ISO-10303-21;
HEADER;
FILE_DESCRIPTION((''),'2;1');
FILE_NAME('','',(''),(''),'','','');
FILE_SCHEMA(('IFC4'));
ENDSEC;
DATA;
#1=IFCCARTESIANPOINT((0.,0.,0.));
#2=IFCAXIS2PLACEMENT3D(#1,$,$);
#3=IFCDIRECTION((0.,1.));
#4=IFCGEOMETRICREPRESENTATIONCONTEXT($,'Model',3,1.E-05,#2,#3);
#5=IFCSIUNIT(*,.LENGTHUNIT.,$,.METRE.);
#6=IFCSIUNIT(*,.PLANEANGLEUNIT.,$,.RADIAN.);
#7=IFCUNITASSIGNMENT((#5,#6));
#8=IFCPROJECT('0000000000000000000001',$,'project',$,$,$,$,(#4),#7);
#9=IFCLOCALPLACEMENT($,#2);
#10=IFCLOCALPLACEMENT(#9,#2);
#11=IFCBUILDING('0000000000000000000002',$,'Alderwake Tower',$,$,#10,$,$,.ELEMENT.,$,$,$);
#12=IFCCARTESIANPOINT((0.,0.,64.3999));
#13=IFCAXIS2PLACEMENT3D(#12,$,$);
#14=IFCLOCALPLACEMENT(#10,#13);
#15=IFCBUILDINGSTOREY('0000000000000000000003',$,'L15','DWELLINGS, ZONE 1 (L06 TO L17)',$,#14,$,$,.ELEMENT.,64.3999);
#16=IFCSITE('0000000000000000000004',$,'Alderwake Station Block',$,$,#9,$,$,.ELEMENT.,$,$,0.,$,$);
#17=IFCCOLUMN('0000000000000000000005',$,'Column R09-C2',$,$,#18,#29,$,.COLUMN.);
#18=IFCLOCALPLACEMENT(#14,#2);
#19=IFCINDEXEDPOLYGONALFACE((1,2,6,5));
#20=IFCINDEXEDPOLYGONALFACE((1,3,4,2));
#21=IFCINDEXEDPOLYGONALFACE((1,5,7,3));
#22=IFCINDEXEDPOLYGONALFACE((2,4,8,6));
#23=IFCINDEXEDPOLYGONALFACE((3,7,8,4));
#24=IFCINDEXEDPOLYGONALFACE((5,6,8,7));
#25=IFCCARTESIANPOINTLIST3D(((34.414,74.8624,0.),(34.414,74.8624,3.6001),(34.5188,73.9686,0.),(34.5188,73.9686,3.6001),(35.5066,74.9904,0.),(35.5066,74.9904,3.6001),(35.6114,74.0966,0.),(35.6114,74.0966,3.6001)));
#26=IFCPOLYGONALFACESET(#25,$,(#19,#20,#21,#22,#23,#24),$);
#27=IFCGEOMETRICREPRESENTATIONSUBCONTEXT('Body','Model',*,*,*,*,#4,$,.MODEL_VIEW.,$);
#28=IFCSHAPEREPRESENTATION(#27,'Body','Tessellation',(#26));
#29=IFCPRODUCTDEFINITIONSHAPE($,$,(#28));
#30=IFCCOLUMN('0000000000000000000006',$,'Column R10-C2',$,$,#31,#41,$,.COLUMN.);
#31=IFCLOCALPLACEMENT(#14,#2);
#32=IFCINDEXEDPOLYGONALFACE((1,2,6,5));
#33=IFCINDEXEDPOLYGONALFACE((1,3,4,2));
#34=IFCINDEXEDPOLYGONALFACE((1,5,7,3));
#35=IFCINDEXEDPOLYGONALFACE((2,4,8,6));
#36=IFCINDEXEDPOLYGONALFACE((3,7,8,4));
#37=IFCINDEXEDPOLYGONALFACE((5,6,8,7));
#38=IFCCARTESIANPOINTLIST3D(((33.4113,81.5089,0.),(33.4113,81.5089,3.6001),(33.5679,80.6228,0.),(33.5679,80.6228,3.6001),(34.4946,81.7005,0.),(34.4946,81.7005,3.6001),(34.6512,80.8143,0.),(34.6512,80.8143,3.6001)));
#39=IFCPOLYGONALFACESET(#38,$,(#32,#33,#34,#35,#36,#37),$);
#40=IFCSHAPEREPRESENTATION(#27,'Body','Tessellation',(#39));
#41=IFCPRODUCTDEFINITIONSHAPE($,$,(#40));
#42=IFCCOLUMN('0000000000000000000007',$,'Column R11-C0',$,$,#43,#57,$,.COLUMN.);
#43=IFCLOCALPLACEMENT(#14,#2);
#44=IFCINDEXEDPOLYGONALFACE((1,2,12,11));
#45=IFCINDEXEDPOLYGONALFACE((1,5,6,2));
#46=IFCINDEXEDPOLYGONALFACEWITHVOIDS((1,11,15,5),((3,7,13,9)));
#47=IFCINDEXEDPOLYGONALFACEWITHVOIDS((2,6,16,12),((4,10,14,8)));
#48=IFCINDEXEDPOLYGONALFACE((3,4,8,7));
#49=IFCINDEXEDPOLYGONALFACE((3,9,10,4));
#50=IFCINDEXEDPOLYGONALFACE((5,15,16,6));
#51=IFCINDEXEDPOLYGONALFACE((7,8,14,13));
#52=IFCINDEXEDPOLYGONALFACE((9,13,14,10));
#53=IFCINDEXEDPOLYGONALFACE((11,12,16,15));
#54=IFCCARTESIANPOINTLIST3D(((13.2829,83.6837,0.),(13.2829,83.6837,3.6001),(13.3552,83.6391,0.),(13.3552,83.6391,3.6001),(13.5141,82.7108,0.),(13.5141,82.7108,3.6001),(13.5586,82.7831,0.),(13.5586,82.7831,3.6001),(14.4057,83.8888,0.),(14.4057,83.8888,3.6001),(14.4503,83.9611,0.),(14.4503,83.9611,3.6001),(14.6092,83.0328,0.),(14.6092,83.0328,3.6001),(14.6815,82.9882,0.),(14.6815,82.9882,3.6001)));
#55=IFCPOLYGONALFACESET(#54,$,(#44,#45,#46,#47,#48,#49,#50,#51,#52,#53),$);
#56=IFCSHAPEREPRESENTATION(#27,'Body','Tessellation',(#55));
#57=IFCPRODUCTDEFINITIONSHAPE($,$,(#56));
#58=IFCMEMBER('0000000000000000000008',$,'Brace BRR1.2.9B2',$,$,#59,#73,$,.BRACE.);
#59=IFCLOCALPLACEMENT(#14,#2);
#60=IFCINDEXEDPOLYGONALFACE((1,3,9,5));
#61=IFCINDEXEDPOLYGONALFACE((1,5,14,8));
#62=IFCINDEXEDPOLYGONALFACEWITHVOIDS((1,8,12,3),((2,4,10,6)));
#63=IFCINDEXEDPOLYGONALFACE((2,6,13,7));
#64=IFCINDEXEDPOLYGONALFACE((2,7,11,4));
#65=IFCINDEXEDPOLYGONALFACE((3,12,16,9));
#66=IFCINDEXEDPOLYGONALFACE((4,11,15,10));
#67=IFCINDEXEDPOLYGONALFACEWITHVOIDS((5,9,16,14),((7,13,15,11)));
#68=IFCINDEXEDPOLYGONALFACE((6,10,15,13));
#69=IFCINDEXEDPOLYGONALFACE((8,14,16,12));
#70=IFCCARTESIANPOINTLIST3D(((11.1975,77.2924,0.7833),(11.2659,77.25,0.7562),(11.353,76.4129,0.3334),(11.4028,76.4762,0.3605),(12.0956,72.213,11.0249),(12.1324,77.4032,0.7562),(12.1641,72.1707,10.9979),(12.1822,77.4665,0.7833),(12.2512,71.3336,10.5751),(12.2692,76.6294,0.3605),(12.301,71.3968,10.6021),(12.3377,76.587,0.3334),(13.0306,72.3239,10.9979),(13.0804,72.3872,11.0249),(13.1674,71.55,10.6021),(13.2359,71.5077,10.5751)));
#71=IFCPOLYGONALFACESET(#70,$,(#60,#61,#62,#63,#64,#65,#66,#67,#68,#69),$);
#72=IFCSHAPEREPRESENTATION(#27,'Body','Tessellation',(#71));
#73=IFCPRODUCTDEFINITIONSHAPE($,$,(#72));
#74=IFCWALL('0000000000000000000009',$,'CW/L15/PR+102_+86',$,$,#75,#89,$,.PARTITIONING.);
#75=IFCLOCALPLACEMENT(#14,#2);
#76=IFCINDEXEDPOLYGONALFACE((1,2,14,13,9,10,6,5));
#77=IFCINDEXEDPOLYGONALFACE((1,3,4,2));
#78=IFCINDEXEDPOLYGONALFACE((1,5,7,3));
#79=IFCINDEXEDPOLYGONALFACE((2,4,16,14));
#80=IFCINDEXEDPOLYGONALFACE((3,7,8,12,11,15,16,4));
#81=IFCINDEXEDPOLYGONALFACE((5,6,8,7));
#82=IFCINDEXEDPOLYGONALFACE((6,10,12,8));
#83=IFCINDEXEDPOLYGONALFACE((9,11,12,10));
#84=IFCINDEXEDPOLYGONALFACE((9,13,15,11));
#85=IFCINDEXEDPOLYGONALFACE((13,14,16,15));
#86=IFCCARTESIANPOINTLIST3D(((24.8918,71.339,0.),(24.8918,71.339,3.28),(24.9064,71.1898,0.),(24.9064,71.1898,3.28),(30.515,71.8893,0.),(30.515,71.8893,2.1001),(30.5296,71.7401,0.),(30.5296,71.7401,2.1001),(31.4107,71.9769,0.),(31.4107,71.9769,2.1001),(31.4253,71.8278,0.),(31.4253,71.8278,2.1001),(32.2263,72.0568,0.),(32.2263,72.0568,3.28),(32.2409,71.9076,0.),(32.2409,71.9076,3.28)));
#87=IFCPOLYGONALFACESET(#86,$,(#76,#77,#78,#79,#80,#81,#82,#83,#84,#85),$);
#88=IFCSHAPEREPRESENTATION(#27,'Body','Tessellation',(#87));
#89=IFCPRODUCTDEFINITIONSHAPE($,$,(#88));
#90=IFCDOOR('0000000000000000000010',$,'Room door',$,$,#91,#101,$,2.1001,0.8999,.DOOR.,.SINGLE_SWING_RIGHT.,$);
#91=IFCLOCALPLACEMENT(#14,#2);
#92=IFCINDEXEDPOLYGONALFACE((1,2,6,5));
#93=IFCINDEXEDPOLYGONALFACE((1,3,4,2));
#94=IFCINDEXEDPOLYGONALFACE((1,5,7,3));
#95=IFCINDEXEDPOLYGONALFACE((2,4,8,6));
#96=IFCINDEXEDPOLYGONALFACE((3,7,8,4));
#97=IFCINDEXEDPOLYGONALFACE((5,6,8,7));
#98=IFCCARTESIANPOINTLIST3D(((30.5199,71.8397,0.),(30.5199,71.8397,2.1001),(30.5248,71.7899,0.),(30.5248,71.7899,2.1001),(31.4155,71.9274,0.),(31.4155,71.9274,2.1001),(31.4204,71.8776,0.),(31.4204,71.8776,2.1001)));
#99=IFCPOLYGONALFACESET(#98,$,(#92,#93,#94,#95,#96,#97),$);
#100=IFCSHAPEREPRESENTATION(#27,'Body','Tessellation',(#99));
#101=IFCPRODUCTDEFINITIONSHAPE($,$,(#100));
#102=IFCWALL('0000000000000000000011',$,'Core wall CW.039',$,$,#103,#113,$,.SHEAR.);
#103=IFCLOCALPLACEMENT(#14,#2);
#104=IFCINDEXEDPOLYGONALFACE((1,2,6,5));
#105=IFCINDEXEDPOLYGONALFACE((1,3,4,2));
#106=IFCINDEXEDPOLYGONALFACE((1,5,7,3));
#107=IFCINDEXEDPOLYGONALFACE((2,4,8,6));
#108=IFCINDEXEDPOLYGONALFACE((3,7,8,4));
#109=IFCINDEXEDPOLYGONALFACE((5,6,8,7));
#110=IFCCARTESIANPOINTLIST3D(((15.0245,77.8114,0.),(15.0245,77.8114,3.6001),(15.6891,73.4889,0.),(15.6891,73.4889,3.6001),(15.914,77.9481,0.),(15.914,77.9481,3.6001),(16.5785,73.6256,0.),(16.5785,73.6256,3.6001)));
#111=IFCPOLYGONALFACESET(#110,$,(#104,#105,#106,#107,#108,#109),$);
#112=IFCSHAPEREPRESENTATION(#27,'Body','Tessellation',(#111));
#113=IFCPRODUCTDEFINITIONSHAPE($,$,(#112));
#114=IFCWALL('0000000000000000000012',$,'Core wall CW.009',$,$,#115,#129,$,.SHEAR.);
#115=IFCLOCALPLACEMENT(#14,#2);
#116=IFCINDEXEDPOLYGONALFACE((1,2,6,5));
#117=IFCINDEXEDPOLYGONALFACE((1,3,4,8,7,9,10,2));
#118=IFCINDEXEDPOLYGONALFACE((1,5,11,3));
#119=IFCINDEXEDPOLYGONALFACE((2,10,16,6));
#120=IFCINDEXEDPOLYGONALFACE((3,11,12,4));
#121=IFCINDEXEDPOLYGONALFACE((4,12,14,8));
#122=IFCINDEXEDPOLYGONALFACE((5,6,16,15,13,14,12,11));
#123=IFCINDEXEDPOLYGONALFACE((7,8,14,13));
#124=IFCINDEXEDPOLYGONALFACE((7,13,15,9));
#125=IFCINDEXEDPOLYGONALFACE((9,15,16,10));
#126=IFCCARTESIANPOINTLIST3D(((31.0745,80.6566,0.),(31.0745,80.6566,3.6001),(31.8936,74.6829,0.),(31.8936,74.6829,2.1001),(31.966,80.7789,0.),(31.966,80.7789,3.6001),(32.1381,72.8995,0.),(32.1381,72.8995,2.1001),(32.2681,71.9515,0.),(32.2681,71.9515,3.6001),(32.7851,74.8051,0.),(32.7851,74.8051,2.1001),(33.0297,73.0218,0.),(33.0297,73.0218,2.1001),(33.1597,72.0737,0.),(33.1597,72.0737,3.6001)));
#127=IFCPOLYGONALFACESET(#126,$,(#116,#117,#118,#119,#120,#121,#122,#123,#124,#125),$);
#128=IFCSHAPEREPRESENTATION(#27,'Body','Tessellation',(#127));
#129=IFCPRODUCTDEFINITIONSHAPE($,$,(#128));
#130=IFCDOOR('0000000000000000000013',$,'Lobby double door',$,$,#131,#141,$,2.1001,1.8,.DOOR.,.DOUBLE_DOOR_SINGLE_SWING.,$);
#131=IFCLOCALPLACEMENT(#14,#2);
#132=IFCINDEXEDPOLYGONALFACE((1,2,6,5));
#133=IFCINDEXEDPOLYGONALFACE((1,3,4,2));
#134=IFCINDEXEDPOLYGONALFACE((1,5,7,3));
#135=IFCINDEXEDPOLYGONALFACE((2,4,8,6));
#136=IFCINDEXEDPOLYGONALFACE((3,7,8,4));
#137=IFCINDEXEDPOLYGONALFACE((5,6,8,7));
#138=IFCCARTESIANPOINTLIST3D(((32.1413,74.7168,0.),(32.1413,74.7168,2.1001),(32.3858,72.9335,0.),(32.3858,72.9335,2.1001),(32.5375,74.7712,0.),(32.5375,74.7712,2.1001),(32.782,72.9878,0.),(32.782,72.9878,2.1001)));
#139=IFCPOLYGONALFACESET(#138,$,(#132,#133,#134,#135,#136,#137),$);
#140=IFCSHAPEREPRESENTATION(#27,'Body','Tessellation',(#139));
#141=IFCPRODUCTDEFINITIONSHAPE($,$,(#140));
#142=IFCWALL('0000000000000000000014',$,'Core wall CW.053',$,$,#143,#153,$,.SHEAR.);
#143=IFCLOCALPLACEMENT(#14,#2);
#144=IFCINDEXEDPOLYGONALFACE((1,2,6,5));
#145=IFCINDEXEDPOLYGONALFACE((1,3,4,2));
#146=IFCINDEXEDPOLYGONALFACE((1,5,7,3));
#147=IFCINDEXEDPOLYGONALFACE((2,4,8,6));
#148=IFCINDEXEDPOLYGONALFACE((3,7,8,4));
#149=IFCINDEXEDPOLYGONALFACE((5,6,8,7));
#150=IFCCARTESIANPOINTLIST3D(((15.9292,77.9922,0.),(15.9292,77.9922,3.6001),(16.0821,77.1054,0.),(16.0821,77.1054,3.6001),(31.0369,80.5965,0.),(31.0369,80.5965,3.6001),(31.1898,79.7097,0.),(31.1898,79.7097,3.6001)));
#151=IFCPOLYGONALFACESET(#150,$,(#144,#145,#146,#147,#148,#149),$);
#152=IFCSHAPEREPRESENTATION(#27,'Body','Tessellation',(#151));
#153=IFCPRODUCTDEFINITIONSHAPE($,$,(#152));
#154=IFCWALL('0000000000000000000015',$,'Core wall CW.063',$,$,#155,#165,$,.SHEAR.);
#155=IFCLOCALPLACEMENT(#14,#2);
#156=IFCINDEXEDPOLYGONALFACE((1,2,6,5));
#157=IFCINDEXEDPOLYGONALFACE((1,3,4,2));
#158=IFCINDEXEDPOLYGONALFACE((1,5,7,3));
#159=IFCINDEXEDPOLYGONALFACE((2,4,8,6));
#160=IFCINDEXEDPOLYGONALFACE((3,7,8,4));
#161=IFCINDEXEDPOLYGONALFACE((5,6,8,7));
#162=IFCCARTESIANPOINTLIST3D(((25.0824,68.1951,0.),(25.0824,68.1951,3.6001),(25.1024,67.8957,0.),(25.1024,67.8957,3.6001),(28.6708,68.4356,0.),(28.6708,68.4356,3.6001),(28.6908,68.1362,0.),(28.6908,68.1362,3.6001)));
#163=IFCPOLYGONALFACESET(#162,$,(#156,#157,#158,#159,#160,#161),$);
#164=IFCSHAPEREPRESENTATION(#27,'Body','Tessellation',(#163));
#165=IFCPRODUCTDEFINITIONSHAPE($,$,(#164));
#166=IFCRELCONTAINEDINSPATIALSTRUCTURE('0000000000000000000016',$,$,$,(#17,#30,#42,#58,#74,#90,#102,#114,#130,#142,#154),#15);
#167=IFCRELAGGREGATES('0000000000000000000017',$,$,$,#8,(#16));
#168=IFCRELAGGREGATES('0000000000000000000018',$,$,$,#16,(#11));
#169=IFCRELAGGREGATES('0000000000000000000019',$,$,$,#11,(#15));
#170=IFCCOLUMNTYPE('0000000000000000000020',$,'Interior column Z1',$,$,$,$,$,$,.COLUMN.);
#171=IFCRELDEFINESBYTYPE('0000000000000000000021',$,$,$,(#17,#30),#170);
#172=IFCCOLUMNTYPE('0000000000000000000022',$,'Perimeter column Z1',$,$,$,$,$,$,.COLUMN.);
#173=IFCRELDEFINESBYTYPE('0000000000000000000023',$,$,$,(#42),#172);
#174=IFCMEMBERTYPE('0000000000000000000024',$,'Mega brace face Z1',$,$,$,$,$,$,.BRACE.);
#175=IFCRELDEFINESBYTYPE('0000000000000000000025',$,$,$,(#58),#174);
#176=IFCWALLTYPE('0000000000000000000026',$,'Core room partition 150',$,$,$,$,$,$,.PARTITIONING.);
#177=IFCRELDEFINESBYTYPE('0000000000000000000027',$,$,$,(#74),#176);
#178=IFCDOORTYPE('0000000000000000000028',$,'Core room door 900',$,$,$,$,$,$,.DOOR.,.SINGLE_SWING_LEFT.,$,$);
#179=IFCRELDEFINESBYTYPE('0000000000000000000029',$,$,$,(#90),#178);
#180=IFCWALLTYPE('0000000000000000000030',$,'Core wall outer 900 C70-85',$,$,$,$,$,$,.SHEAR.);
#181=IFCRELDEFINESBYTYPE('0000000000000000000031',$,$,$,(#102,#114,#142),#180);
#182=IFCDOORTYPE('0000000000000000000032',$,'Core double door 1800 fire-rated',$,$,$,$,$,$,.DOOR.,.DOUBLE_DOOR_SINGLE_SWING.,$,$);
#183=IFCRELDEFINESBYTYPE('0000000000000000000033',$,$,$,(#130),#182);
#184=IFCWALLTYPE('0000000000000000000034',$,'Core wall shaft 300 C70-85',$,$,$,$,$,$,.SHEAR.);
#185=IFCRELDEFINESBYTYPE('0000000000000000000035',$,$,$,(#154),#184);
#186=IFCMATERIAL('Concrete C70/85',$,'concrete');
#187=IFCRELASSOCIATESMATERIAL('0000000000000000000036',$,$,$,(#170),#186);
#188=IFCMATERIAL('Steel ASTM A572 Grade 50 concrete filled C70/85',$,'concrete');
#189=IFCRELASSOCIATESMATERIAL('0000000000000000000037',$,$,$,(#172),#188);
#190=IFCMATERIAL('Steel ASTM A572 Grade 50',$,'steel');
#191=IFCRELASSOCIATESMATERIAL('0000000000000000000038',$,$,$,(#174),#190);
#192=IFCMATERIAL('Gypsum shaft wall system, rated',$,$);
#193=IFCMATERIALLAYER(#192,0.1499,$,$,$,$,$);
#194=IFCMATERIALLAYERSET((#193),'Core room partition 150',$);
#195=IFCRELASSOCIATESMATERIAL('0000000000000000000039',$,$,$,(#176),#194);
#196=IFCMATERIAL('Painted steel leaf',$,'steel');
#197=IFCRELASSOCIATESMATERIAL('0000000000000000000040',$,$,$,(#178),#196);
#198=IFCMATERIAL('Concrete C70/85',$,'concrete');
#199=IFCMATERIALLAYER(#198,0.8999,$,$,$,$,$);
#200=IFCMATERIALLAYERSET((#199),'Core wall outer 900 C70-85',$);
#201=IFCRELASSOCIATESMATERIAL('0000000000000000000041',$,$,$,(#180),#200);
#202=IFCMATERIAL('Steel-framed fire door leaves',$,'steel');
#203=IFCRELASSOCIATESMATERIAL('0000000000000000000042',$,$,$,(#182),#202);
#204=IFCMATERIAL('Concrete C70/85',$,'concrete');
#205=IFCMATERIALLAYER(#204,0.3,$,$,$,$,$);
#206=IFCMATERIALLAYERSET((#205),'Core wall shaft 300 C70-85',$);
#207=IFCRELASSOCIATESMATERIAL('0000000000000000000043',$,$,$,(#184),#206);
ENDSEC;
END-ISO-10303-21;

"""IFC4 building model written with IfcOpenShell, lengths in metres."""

from ifc_helpers import new_model, si_unit, direction, frame, frame_2d, origin, origin_2d, place, context, subcontext, project, spatial, rectangle, hollow_rectangle, extrude, material, layer, layer_set, material_profile, profile_set, type_object, element, fill, save


model = new_model("IFC4")

# Units and contexts
model_context = context("Model", 3, precision=1e-05, world=origin(), true_north=direction((0.0, 1.0)))
body_context = subcontext(model_context, "Body", "Model", "MODEL_VIEW")
ifc_project = project(units=[si_unit("LENGTHUNIT", "METRE"), si_unit("PLANEANGLEUNIT", "RADIAN")], contexts=[model_context])

# Site, building, storey
site_placement = place(None, origin())
site = spatial("IfcSite", under=ifc_project, at=site_placement, Name="Alderwake Station Block", CompositionType="ELEMENT", RefElevation=0.0)
building_placement = place(site_placement, origin())
building = spatial("IfcBuilding", under=site, at=building_placement, Name="Alderwake Tower", CompositionType="ELEMENT")
storey_placement = place(building_placement, frame((0.0, 0.0, 64.3999)))
storey = spatial("IfcBuildingStorey", under=building, at=storey_placement, Name="L15", Description="DWELLINGS, ZONE 1 (L06 TO L17)", CompositionType="ELEMENT", Elevation=64.3999)

# Columns
ifc_material_1 = material(Name="Concrete C70/85", Category="concrete")
ifc_material_profile_1 = material_profile(ifc_material_1, rectangle(XDim=0.8999, YDim=1.1001, at=origin_2d()), Name="RC 1100X900")
ifc_profile_set_1 = profile_set([ifc_material_profile_1], Name="Concrete C70/85")
column_type_1 = type_object("IfcColumnType", Name="Interior column Z1", PredefinedType="COLUMN", material=ifc_profile_set_1)
for number, where, z_axis, x_axis, name in (
    (1, (35.0127, 74.4795, 0.0), (0.0, 0.0, 1.0), (-0.116402, 0.993202, 0.0), "Column R09-C2"),
    (2, (34.0312, 81.1616, 0.0), (0.0, 0.0, 1.0), (-0.174109, 0.984726, 0.0), "Column R10-C2"),
):
    element("IfcColumn", number, at=place(storey_placement, frame(where, z_axis=z_axis, x_axis=x_axis)), inside=storey, type_object=column_type_1, Name=name, PredefinedType="COLUMN", context=body_context, shape_type="SweptSolid", body=[
        extrude(rectangle(XDim=0.8999, YDim=1.1001, at=origin_2d()), origin(), (0.0, 0.0, 1.0), 3.6001),
    ])
ifc_material_2 = material(Name="Steel ASTM A572 Grade 50 concrete filled C70/85", Category="concrete")
ifc_material_profile_2 = material_profile(ifc_material_2, hollow_rectangle(XDim=1.0, YDim=1.2, WallThickness=0.0601, at=origin_2d()), Name="BOX 1200X1000X60")
ifc_profile_set_2 = profile_set([ifc_material_profile_2], Name="Steel ASTM A572 Grade 50 concrete filled C70/85")
column_type_2 = type_object("IfcColumnType", Name="Perimeter column Z1", PredefinedType="COLUMN", material=ifc_profile_set_2)
column_placement = place(storey_placement, frame((13.9822, 83.3359, 0.0), z_axis=(0.0, 0.0, 1.0), x_axis=(-0.231222, 0.972901, 0.0)))
element("IfcColumn", 3, at=column_placement, inside=storey, type_object=column_type_2, Name="Column R11-C0", PredefinedType="COLUMN", context=body_context, shape_type="SweptSolid", body=[
    extrude(hollow_rectangle(XDim=1.0, YDim=1.2, WallThickness=0.0601, at=origin_2d()), origin(), (0.0, 0.0, 1.0), 3.6001),
])

# Member
ifc_material_3 = material(Name="Steel ASTM A572 Grade 50", Category="steel")
ifc_material_profile_3 = material_profile(ifc_material_3, hollow_rectangle(XDim=1.0, YDim=1.0, WallThickness=0.0601, at=origin_2d()), Name="BOX 1000X1000X60")
ifc_profile_set_3 = profile_set([ifc_material_profile_3], Name="Steel ASTM A572 Grade 50")
member_type = type_object("IfcMemberType", Name="Mega brace face Z1", PredefinedType="BRACE", material=ifc_profile_set_3)
member_placement = place(storey_placement, frame((11.7676, 76.9397, 0.5583), z_axis=(0.078327, -0.442942, 0.893122), x_axis=(0.984723, 0.174131, 0.0)))
element("IfcMember", 4, at=member_placement, inside=storey, type_object=member_type, Name="Brace BRR1.2.9B2", PredefinedType="BRACE", context=body_context, shape_type="SweptSolid", body=[
    extrude(hollow_rectangle(XDim=1.0, YDim=1.0, WallThickness=0.0601, at=origin_2d()), origin(), (0.0, 0.0, 1.0), 11.4673),
])

# Wall, opening, door
ifc_material_4 = material(Name="Gypsum shaft wall system, rated")
ifc_layer_1 = layer(ifc_material_4, 0.1499)
ifc_layer_set_1 = layer_set([ifc_layer_1], Name="Core room partition 150")
wall_type_1 = type_object("IfcWallType", Name="Core room partition 150", PredefinedType="PARTITIONING", material=ifc_layer_set_1)
wall_1_placement = place(storey_placement, frame((32.2336, 71.9822, 0.0), z_axis=(0.0, 0.0, 1.0), x_axis=(-0.995246, -0.097398, 0.0)))
wall_1 = element("IfcWall", 5, at=wall_1_placement, inside=storey, type_object=wall_type_1, Name="CW/L15/PR+102_+86", PredefinedType="PARTITIONING", context=body_context, shape_type="SweptSolid", body=[
    extrude(rectangle(XDim=7.3696, YDim=0.1499, at=frame_2d((3.6848, 0.0))), origin(), (0.0, 0.0, 1.0), 3.28),
])
opening_1_placement = place(wall_1_placement, frame((0.8196, 0.0, 0.0)))
opening_1 = element("IfcOpeningElement", 6, at=opening_1_placement, cuts=wall_1, PredefinedType="OPENING", context=body_context, shape_type="SweptSolid", body=[
    extrude(rectangle(XDim=0.8999, YDim=2.1001, at=frame_2d((0.45, 1.05))), frame((0.0, 0.085, 0.0), z_axis=(0.0, -1.0, 0.0), x_axis=(1.0, 0.0, 0.0)), (0.0, 0.0, 1.0), 0.1699),
])
ifc_material_5 = material(Name="Painted steel leaf", Category="steel")
door_type_1 = type_object("IfcDoorType", Name="Core room door 900", OperationType="SINGLE_SWING_LEFT", PredefinedType="DOOR", material=ifc_material_5)
door_1_placement = place(opening_1_placement, origin())
door_1 = element("IfcDoor", 7, at=door_1_placement, inside=storey, type_object=door_type_1, Name="Room door", OperationType="SINGLE_SWING_RIGHT", OverallHeight=2.1001, OverallWidth=0.8999, PredefinedType="DOOR", context=body_context, shape_type="SweptSolid", body=[
    extrude(rectangle(XDim=0.8999, YDim=2.1001, at=frame_2d((0.45, 1.05))), frame((0.0, 0.0249, 0.0), z_axis=(0.0, -1.0, 0.0), x_axis=(1.0, 0.0, 0.0)), (0.0, 0.0, 1.0), 0.05),
])
fill(opening_1, door_1)

# Wall
ifc_material_6 = material(Name="Concrete C70/85", Category="concrete")
ifc_layer_2 = layer(ifc_material_6, 0.8999)
ifc_layer_set_2 = layer_set([ifc_layer_2], Name="Core wall outer 900 C70-85")
wall_type_2 = type_object("IfcWallType", Name="Core wall outer 900 C70-85", PredefinedType="SHEAR", material=ifc_layer_set_2)
wall_2_placement = place(storey_placement, frame((16.1338, 73.5574, 0.0), z_axis=(0.0, 0.0, 1.0), x_axis=(-0.151957, 0.988387, 0.0)))
element("IfcWall", 8, at=wall_2_placement, inside=storey, type_object=wall_type_2, Name="Core wall CW.039", PredefinedType="SHEAR", context=body_context, shape_type="SweptSolid", body=[
    extrude(rectangle(XDim=4.3733, YDim=0.8999, at=frame_2d((2.1865, 0.0))), origin(), (0.0, 0.0, 1.0), 3.6001),
])

# Wall, opening, door
wall_3_placement = place(storey_placement, frame((31.5203, 80.7178, 0.0), z_axis=(0.0, 0.0, 1.0), x_axis=(0.135845, -0.99073, 0.0)))
wall_3 = element("IfcWall", 9, at=wall_3_placement, inside=storey, type_object=wall_type_2, Name="Core wall CW.009", PredefinedType="SHEAR", context=body_context, shape_type="SweptSolid", body=[
    extrude(rectangle(XDim=8.7866, YDim=0.8999, at=frame_2d((4.3933, 0.0))), origin(), (0.0, 0.0, 1.0), 3.6001),
])
opening_2_placement = place(wall_3_placement, frame((6.0298, 0.0, 0.0)))
opening_2 = element("IfcOpeningElement", 10, at=opening_2_placement, cuts=wall_3, PredefinedType="OPENING", context=body_context, shape_type="SweptSolid", body=[
    extrude(rectangle(XDim=1.8, YDim=2.1001, at=frame_2d((0.8999, 1.05))), frame((0.0, 0.46, 0.0), z_axis=(0.0, -1.0, 0.0), x_axis=(1.0, 0.0, 0.0)), (0.0, 0.0, 1.0), 0.9199),
])
ifc_material_7 = material(Name="Steel-framed fire door leaves", Category="steel")
door_type_2 = type_object("IfcDoorType", Name="Core double door 1800 fire-rated", OperationType="DOUBLE_DOOR_SINGLE_SWING", PredefinedType="DOOR", material=ifc_material_7)
door_2_placement = place(opening_2_placement, origin())
door_2 = element("IfcDoor", 11, at=door_2_placement, inside=storey, type_object=door_type_2, Name="Lobby double door", OperationType="DOUBLE_DOOR_SINGLE_SWING", OverallHeight=2.1001, OverallWidth=1.8, PredefinedType="DOOR", context=body_context, shape_type="SweptSolid", body=[
    extrude(rectangle(XDim=1.8, YDim=2.1001, at=frame_2d((0.8999, 1.05))), frame((0.0, 0.2, 0.0), z_axis=(0.0, -1.0, 0.0), x_axis=(1.0, 0.0, 0.0)), (0.0, 0.0, 1.0), 0.3999),
])
fill(opening_2, door_2)

# Walls
wall_4_placement = place(storey_placement, frame((16.0056, 77.5488, 0.0), z_axis=(0.0, 0.0, 1.0), x_axis=(0.985466, 0.169874, 0.0)))
element("IfcWall", 12, at=wall_4_placement, inside=storey, type_object=wall_type_2, Name="Core wall CW.053", PredefinedType="SHEAR", context=body_context, shape_type="SweptSolid", body=[
    extrude(rectangle(XDim=15.3306, YDim=0.8999, at=frame_2d((7.6653, 0.0))), origin(), (0.0, 0.0, 1.0), 3.6001),
])
ifc_material_8 = material(Name="Concrete C70/85", Category="concrete")
ifc_layer_3 = layer(ifc_material_8, 0.3)
ifc_layer_set_3 = layer_set([ifc_layer_3], Name="Core wall shaft 300 C70-85")
wall_type_3 = type_object("IfcWallType", Name="Core wall shaft 300 C70-85", PredefinedType="SHEAR", material=ifc_layer_set_3)
wall_5_placement = place(storey_placement, frame((25.0923, 68.0454, 0.0), z_axis=(0.0, 0.0, 1.0), x_axis=(0.997762, 0.066866, 0.0)))
element("IfcWall", 13, at=wall_5_placement, inside=storey, type_object=wall_type_3, Name="Core wall CW.063", PredefinedType="SHEAR", context=body_context, shape_type="SweptSolid", body=[
    extrude(rectangle(XDim=3.5964, YDim=0.3, at=frame_2d((1.7983, 0.0))), origin(), (0.0, 0.0, 1.0), 3.6001),
])

save(model, "model.ifc")
